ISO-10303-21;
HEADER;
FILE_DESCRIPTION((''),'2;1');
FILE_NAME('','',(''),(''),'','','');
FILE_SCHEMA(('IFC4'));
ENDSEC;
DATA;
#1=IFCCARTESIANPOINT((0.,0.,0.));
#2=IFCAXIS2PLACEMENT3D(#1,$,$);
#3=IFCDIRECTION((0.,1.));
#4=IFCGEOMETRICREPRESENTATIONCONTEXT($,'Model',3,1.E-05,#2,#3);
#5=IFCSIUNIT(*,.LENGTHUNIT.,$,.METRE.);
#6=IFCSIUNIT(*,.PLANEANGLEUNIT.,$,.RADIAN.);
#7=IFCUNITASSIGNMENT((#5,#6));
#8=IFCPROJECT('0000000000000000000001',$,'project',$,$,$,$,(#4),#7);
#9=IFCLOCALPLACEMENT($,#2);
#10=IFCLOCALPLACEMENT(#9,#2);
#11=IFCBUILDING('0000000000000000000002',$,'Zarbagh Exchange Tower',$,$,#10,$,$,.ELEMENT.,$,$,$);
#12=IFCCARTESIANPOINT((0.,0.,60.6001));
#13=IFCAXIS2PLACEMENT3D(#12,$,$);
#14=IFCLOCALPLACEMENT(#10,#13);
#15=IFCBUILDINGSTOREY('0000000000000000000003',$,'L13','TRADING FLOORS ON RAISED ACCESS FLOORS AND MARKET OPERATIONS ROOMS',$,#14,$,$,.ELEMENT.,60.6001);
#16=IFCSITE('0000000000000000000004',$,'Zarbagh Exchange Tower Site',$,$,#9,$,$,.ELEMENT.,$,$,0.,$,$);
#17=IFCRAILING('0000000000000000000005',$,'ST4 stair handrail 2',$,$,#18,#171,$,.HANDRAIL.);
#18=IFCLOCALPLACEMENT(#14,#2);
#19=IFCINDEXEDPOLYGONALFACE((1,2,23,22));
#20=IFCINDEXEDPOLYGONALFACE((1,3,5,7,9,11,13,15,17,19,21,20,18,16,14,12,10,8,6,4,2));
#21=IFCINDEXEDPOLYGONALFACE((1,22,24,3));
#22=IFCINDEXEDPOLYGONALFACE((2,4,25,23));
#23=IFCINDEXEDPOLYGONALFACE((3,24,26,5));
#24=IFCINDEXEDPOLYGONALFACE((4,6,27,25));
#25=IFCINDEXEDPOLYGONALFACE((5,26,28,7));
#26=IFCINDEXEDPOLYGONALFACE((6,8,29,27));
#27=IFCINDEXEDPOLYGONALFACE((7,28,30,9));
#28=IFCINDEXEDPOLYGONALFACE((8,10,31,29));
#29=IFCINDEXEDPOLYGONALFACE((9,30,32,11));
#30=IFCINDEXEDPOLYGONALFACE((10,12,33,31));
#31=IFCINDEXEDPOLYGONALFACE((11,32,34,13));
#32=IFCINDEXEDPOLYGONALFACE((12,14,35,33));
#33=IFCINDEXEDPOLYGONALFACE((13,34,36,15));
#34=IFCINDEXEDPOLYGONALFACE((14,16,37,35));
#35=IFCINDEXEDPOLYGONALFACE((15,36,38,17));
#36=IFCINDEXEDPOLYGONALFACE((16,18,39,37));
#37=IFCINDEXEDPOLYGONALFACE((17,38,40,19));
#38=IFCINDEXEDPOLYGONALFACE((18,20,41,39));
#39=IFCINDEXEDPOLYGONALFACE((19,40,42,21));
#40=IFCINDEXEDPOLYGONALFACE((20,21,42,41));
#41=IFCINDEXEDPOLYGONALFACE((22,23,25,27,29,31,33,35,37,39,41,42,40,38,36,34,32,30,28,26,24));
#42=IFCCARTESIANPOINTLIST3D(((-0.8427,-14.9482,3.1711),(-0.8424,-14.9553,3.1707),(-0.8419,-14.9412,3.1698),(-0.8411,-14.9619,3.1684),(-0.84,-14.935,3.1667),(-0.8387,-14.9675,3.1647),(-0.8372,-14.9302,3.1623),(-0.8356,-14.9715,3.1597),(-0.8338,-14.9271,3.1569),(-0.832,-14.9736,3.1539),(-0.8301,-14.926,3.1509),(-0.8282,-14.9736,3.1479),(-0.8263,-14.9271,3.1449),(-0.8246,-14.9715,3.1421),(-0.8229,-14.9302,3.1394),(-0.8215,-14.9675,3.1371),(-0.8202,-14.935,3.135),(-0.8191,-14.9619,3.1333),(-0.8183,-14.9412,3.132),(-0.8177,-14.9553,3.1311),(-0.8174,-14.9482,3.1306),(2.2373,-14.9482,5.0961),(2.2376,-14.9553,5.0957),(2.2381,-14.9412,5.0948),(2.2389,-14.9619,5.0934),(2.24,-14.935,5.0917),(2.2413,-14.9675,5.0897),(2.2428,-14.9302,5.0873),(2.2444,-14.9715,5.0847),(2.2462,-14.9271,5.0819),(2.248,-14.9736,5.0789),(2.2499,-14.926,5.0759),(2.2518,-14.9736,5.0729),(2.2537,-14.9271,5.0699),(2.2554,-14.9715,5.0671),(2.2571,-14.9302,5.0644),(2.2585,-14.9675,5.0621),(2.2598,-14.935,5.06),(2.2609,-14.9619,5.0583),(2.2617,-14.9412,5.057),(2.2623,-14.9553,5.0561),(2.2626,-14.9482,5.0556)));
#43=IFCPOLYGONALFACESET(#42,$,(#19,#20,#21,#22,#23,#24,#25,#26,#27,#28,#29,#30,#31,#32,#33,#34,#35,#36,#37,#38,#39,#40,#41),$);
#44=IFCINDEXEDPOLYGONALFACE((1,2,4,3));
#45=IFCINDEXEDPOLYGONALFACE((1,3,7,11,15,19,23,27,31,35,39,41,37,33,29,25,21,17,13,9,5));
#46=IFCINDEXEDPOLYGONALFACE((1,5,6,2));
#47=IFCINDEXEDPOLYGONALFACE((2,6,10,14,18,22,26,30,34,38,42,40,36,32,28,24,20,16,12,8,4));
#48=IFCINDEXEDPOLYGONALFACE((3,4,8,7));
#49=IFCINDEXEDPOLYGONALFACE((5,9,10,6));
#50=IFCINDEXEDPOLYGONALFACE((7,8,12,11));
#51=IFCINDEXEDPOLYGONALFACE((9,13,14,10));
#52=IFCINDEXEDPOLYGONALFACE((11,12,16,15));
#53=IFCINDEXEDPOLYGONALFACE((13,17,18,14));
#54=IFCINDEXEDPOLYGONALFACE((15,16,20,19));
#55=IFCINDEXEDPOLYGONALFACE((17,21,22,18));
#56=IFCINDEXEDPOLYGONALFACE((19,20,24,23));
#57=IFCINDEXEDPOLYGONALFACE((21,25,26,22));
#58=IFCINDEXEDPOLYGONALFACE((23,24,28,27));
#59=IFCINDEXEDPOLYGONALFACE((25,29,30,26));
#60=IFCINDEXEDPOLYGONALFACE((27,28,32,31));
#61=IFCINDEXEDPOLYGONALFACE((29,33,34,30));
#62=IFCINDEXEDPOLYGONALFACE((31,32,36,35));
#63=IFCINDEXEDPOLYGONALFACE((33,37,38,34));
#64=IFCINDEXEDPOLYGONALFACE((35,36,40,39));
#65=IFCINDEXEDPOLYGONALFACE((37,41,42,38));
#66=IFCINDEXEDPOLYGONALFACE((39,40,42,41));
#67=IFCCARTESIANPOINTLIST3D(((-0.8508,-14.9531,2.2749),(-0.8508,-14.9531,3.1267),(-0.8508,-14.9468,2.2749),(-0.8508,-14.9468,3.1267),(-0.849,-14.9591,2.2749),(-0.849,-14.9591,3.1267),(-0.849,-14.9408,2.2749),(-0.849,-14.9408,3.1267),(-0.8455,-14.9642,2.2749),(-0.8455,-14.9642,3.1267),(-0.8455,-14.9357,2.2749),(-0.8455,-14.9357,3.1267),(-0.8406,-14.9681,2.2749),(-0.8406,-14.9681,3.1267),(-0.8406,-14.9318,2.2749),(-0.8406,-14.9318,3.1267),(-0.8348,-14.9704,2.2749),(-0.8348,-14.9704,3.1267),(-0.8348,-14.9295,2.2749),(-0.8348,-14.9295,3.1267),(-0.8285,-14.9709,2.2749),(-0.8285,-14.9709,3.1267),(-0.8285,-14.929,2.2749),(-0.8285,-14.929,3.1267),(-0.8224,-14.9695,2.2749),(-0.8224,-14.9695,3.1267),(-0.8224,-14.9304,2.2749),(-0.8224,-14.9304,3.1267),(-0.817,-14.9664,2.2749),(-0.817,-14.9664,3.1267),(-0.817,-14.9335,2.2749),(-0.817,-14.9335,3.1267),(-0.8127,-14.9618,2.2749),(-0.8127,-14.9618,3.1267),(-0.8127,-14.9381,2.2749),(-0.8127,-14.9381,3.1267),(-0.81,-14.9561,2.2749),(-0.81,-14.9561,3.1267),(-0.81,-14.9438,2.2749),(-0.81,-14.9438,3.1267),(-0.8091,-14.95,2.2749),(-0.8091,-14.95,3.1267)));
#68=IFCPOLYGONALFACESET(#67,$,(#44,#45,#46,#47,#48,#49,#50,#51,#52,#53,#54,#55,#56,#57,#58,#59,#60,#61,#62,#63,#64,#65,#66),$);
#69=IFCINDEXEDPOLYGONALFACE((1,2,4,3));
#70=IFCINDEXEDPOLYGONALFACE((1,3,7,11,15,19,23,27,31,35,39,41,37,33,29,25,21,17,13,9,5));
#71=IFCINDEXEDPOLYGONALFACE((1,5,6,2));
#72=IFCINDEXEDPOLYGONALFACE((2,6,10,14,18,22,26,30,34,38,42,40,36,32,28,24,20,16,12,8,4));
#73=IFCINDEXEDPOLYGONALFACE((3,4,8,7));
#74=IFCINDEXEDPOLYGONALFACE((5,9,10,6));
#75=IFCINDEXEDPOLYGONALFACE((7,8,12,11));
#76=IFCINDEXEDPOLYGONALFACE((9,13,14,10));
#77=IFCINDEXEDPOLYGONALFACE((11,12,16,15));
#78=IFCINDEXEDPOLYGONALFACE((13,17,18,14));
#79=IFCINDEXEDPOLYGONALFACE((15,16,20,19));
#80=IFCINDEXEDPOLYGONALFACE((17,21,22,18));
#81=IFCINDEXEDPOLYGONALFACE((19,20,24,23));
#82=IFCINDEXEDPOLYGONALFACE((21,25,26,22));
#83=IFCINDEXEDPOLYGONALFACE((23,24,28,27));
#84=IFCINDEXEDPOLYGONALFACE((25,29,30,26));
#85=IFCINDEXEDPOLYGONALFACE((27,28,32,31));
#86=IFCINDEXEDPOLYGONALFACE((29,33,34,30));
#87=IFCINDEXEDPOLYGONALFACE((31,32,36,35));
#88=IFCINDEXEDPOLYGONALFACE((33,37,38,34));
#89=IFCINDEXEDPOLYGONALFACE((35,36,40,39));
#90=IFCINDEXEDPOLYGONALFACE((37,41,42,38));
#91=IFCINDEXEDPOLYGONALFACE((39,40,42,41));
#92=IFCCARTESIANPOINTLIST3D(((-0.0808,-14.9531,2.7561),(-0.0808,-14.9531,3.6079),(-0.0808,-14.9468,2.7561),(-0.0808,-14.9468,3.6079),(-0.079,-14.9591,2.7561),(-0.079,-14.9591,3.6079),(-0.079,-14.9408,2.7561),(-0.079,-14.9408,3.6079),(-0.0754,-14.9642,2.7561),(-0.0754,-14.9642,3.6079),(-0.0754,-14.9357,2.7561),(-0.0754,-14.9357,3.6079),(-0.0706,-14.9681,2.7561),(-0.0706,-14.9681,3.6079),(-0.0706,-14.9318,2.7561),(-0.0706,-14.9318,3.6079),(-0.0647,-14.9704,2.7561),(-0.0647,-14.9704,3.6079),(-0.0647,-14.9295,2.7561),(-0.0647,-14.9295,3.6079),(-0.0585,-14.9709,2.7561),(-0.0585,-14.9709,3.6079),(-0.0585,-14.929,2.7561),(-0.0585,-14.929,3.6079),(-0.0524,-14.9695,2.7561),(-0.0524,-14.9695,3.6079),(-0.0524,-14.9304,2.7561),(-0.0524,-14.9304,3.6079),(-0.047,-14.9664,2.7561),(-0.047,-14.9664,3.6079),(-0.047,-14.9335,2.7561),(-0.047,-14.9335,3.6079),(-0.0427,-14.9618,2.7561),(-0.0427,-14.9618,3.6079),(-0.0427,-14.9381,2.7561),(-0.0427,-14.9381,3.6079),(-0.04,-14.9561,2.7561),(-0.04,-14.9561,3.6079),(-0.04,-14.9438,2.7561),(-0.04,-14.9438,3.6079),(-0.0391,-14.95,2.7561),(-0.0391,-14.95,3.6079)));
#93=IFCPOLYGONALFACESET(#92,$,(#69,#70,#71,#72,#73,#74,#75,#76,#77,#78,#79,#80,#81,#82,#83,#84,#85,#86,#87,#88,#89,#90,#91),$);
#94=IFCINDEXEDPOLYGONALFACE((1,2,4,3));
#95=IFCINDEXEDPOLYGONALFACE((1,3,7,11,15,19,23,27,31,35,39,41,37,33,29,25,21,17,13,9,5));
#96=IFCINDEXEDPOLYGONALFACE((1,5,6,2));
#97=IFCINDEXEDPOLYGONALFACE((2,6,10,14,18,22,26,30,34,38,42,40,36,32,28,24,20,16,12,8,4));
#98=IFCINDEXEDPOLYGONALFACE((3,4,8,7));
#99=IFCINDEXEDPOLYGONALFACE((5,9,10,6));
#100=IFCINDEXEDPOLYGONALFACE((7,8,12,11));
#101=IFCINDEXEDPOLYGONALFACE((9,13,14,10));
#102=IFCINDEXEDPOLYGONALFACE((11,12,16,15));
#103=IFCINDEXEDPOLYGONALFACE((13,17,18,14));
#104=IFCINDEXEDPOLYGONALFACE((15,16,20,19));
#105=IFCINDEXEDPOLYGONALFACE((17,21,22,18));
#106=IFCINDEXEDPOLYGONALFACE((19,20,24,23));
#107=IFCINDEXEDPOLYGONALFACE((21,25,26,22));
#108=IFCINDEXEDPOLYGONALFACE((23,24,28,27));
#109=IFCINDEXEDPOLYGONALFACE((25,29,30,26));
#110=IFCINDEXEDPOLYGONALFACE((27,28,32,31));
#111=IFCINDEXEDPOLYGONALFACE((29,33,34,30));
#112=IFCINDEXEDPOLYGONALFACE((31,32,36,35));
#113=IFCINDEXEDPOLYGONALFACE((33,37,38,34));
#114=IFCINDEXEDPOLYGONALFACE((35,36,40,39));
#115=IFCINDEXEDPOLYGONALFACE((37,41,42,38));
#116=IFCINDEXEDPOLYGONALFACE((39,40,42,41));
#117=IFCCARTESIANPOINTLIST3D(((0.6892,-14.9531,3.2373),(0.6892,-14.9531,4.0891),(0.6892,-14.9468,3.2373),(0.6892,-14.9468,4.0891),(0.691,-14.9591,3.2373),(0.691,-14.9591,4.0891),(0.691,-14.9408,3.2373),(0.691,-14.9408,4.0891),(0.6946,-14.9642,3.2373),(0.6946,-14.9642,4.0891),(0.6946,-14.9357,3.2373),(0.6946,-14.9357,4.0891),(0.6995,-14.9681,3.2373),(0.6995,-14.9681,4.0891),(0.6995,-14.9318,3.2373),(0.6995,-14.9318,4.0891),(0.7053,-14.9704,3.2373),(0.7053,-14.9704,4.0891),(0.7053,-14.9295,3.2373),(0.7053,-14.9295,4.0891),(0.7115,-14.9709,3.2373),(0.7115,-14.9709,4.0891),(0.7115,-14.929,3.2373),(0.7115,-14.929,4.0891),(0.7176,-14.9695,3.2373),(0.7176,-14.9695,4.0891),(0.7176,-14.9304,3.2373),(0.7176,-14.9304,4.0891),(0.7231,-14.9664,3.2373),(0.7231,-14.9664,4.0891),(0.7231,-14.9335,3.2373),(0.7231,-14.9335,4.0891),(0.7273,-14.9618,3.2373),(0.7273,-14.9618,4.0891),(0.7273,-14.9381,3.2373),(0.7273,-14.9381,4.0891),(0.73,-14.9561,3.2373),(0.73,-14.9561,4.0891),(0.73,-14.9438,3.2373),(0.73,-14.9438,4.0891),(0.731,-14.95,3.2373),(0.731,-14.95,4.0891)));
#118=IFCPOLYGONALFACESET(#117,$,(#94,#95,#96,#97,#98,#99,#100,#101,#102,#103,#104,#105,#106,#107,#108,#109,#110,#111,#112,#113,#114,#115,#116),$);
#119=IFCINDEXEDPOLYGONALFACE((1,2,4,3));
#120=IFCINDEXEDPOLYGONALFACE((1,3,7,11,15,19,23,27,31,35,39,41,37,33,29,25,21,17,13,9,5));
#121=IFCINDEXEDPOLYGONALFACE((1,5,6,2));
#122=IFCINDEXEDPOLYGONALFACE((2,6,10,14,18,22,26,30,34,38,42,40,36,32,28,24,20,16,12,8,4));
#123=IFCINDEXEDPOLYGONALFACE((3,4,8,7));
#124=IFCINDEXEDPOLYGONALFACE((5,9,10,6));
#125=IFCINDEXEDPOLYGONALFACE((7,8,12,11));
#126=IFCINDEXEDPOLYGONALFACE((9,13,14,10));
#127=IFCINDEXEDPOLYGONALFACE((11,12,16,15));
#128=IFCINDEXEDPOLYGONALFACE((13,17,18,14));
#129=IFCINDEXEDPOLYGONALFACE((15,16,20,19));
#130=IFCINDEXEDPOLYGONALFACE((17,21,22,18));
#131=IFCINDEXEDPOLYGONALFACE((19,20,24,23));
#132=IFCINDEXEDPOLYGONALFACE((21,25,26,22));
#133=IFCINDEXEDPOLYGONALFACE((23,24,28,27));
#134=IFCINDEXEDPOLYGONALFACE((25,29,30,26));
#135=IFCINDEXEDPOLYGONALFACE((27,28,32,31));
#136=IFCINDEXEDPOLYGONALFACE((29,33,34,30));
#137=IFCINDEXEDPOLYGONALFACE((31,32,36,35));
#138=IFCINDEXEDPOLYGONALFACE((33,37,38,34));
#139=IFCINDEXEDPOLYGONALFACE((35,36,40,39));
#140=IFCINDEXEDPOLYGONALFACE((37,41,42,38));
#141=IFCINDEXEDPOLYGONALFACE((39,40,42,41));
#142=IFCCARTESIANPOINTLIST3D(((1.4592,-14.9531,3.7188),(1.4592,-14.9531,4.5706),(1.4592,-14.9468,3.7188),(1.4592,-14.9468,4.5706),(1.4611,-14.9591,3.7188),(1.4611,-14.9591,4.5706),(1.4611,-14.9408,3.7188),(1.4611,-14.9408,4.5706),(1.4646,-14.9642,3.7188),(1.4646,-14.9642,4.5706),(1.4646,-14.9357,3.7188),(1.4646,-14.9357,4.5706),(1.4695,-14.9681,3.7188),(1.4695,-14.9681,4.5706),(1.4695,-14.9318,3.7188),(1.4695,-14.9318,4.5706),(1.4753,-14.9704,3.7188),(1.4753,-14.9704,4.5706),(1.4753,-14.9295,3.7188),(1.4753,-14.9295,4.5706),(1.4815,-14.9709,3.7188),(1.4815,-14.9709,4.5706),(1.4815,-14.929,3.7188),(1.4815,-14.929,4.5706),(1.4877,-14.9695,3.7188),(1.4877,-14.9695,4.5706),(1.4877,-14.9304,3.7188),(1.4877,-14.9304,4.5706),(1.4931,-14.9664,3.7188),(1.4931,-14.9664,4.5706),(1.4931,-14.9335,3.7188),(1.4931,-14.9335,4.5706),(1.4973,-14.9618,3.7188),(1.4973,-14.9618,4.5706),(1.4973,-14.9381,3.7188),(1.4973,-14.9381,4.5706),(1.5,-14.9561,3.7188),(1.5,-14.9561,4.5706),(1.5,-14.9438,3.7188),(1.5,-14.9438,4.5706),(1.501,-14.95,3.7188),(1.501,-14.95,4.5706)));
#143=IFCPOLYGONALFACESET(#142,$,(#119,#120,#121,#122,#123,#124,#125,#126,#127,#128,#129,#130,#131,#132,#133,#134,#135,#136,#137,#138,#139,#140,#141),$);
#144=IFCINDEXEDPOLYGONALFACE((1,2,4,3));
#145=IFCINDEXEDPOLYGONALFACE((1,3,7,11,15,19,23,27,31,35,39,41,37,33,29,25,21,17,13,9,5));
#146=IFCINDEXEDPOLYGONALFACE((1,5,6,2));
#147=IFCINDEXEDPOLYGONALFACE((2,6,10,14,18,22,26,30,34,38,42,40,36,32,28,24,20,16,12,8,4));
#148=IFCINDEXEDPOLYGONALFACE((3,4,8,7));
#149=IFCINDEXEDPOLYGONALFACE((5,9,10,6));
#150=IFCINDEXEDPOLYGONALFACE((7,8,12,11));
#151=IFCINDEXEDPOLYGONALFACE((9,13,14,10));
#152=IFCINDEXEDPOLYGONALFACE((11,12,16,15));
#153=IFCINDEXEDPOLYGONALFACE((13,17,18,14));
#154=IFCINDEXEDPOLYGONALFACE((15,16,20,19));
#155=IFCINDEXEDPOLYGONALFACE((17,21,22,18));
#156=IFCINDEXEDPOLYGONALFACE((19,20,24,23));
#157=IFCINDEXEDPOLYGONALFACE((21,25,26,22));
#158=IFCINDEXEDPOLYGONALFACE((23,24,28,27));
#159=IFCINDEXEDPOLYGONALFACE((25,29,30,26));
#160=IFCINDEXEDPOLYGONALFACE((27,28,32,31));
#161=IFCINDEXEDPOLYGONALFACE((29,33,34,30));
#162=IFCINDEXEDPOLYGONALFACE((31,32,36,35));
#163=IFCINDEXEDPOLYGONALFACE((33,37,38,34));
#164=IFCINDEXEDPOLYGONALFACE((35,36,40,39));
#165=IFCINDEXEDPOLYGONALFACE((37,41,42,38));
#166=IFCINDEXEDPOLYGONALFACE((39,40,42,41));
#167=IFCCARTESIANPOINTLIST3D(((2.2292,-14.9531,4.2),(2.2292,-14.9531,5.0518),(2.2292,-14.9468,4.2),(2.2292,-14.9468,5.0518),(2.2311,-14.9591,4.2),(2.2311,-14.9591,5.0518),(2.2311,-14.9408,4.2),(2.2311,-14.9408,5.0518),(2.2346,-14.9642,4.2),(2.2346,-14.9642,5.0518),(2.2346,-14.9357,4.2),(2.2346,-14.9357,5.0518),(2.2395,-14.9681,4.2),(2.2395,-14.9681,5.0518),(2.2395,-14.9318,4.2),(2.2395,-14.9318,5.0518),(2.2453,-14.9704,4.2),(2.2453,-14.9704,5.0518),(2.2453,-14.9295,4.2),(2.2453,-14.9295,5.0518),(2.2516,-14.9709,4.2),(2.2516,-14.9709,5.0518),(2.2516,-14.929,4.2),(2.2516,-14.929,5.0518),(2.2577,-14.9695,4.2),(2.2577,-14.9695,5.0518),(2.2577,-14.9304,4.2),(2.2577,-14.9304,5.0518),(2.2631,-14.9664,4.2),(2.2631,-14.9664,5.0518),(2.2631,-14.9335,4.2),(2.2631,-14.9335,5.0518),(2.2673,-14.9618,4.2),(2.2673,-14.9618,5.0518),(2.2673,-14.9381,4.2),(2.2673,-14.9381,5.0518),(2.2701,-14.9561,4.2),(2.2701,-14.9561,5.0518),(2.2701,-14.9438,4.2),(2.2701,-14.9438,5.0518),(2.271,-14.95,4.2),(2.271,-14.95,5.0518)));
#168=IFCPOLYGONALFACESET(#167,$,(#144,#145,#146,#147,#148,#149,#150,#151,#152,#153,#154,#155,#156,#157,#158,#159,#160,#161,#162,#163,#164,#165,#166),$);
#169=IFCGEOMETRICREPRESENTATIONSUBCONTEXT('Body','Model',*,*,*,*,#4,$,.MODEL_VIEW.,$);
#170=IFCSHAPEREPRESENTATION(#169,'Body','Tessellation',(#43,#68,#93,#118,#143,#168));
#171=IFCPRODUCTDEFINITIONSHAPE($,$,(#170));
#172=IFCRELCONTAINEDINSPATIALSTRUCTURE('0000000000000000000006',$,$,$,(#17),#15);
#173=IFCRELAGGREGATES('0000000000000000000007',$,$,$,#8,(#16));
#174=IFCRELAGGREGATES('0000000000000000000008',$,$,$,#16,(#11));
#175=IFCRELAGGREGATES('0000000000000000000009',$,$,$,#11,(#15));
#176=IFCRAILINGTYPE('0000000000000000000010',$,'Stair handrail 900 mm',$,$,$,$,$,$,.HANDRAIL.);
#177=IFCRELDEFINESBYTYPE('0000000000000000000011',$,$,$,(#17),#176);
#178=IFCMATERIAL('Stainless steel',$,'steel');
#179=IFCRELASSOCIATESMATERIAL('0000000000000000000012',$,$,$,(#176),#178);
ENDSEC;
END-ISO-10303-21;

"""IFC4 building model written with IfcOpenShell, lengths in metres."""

from ifc_helpers import new_model, si_unit, direction, frame, origin, origin_2d, place, context, subcontext, project, spatial, circle, extrude, material, type_object, element, save


model = new_model("IFC4")

# Units and contexts
model_context = context("Model", 3, precision=1e-05, world=origin(), true_north=direction((0.0, 1.0)))
body_context = subcontext(model_context, "Body", "Model", "MODEL_VIEW")
ifc_project = project(units=[si_unit("LENGTHUNIT", "METRE"), si_unit("PLANEANGLEUNIT", "RADIAN")], contexts=[model_context])

# Site, building, storey
site_placement = place(None, origin())
site = spatial("IfcSite", under=ifc_project, at=site_placement, Name="Zarbagh Exchange Tower Site", CompositionType="ELEMENT", RefElevation=0.0)
building_placement = place(site_placement, origin())
building = spatial("IfcBuilding", under=site, at=building_placement, Name="Zarbagh Exchange Tower", CompositionType="ELEMENT")
storey_placement = place(building_placement, frame((0.0, 0.0, 60.6001)))
storey = spatial("IfcBuildingStorey", under=building, at=storey_placement, Name="L13", Description="TRADING FLOORS ON RAISED ACCESS FLOORS AND MARKET OPERATIONS ROOMS", CompositionType="ELEMENT", Elevation=60.6001)

# Shared definitions
ifc_material_1 = material(Name="Stainless steel", Category="steel")

# Railing
railing_type_1 = type_object("IfcRailingType", Name="Stair handrail 900 mm", PredefinedType="HANDRAIL", material=ifc_material_1)
for number, where, name in (
    (1, (-0.8301, -14.95, 2.2749), "ST4 stair handrail 2"),
):
    element("IfcRailing", number, at=place(storey_placement, frame(where)), inside=storey, type_object=railing_type_1, Name=name, PredefinedType="HANDRAIL", context=body_context, shape_type="SweptSolid", body=[
        extrude(circle(Radius=0.0239, at=origin_2d()), frame((0.0, 0.0, 0.876), z_axis=(0.847998, 0.0, 0.529999), x_axis=(0.0, 1.0, 0.0)), (0.0, 0.0, 1.0), 3.6321),
        extrude(circle(Radius=0.021, at=origin_2d()), origin(), (0.0, 0.0, 1.0), 0.8518),
        extrude(circle(Radius=0.021, at=origin_2d()), frame((0.77, 0.0, 0.4812)), (0.0, 0.0, 1.0), 0.8518),
        extrude(circle(Radius=0.021, at=origin_2d()), frame((1.54, 0.0, 0.9624)), (0.0, 0.0, 1.0), 0.8518),
        extrude(circle(Radius=0.021, at=origin_2d()), frame((2.3101, 0.0, 1.4438)), (0.0, 0.0, 1.0), 0.8518),
        extrude(circle(Radius=0.021, at=origin_2d()), frame((3.0801, 0.0, 1.925)), (0.0, 0.0, 1.0), 0.8518),
    ])

save(model, "model.ifc")
